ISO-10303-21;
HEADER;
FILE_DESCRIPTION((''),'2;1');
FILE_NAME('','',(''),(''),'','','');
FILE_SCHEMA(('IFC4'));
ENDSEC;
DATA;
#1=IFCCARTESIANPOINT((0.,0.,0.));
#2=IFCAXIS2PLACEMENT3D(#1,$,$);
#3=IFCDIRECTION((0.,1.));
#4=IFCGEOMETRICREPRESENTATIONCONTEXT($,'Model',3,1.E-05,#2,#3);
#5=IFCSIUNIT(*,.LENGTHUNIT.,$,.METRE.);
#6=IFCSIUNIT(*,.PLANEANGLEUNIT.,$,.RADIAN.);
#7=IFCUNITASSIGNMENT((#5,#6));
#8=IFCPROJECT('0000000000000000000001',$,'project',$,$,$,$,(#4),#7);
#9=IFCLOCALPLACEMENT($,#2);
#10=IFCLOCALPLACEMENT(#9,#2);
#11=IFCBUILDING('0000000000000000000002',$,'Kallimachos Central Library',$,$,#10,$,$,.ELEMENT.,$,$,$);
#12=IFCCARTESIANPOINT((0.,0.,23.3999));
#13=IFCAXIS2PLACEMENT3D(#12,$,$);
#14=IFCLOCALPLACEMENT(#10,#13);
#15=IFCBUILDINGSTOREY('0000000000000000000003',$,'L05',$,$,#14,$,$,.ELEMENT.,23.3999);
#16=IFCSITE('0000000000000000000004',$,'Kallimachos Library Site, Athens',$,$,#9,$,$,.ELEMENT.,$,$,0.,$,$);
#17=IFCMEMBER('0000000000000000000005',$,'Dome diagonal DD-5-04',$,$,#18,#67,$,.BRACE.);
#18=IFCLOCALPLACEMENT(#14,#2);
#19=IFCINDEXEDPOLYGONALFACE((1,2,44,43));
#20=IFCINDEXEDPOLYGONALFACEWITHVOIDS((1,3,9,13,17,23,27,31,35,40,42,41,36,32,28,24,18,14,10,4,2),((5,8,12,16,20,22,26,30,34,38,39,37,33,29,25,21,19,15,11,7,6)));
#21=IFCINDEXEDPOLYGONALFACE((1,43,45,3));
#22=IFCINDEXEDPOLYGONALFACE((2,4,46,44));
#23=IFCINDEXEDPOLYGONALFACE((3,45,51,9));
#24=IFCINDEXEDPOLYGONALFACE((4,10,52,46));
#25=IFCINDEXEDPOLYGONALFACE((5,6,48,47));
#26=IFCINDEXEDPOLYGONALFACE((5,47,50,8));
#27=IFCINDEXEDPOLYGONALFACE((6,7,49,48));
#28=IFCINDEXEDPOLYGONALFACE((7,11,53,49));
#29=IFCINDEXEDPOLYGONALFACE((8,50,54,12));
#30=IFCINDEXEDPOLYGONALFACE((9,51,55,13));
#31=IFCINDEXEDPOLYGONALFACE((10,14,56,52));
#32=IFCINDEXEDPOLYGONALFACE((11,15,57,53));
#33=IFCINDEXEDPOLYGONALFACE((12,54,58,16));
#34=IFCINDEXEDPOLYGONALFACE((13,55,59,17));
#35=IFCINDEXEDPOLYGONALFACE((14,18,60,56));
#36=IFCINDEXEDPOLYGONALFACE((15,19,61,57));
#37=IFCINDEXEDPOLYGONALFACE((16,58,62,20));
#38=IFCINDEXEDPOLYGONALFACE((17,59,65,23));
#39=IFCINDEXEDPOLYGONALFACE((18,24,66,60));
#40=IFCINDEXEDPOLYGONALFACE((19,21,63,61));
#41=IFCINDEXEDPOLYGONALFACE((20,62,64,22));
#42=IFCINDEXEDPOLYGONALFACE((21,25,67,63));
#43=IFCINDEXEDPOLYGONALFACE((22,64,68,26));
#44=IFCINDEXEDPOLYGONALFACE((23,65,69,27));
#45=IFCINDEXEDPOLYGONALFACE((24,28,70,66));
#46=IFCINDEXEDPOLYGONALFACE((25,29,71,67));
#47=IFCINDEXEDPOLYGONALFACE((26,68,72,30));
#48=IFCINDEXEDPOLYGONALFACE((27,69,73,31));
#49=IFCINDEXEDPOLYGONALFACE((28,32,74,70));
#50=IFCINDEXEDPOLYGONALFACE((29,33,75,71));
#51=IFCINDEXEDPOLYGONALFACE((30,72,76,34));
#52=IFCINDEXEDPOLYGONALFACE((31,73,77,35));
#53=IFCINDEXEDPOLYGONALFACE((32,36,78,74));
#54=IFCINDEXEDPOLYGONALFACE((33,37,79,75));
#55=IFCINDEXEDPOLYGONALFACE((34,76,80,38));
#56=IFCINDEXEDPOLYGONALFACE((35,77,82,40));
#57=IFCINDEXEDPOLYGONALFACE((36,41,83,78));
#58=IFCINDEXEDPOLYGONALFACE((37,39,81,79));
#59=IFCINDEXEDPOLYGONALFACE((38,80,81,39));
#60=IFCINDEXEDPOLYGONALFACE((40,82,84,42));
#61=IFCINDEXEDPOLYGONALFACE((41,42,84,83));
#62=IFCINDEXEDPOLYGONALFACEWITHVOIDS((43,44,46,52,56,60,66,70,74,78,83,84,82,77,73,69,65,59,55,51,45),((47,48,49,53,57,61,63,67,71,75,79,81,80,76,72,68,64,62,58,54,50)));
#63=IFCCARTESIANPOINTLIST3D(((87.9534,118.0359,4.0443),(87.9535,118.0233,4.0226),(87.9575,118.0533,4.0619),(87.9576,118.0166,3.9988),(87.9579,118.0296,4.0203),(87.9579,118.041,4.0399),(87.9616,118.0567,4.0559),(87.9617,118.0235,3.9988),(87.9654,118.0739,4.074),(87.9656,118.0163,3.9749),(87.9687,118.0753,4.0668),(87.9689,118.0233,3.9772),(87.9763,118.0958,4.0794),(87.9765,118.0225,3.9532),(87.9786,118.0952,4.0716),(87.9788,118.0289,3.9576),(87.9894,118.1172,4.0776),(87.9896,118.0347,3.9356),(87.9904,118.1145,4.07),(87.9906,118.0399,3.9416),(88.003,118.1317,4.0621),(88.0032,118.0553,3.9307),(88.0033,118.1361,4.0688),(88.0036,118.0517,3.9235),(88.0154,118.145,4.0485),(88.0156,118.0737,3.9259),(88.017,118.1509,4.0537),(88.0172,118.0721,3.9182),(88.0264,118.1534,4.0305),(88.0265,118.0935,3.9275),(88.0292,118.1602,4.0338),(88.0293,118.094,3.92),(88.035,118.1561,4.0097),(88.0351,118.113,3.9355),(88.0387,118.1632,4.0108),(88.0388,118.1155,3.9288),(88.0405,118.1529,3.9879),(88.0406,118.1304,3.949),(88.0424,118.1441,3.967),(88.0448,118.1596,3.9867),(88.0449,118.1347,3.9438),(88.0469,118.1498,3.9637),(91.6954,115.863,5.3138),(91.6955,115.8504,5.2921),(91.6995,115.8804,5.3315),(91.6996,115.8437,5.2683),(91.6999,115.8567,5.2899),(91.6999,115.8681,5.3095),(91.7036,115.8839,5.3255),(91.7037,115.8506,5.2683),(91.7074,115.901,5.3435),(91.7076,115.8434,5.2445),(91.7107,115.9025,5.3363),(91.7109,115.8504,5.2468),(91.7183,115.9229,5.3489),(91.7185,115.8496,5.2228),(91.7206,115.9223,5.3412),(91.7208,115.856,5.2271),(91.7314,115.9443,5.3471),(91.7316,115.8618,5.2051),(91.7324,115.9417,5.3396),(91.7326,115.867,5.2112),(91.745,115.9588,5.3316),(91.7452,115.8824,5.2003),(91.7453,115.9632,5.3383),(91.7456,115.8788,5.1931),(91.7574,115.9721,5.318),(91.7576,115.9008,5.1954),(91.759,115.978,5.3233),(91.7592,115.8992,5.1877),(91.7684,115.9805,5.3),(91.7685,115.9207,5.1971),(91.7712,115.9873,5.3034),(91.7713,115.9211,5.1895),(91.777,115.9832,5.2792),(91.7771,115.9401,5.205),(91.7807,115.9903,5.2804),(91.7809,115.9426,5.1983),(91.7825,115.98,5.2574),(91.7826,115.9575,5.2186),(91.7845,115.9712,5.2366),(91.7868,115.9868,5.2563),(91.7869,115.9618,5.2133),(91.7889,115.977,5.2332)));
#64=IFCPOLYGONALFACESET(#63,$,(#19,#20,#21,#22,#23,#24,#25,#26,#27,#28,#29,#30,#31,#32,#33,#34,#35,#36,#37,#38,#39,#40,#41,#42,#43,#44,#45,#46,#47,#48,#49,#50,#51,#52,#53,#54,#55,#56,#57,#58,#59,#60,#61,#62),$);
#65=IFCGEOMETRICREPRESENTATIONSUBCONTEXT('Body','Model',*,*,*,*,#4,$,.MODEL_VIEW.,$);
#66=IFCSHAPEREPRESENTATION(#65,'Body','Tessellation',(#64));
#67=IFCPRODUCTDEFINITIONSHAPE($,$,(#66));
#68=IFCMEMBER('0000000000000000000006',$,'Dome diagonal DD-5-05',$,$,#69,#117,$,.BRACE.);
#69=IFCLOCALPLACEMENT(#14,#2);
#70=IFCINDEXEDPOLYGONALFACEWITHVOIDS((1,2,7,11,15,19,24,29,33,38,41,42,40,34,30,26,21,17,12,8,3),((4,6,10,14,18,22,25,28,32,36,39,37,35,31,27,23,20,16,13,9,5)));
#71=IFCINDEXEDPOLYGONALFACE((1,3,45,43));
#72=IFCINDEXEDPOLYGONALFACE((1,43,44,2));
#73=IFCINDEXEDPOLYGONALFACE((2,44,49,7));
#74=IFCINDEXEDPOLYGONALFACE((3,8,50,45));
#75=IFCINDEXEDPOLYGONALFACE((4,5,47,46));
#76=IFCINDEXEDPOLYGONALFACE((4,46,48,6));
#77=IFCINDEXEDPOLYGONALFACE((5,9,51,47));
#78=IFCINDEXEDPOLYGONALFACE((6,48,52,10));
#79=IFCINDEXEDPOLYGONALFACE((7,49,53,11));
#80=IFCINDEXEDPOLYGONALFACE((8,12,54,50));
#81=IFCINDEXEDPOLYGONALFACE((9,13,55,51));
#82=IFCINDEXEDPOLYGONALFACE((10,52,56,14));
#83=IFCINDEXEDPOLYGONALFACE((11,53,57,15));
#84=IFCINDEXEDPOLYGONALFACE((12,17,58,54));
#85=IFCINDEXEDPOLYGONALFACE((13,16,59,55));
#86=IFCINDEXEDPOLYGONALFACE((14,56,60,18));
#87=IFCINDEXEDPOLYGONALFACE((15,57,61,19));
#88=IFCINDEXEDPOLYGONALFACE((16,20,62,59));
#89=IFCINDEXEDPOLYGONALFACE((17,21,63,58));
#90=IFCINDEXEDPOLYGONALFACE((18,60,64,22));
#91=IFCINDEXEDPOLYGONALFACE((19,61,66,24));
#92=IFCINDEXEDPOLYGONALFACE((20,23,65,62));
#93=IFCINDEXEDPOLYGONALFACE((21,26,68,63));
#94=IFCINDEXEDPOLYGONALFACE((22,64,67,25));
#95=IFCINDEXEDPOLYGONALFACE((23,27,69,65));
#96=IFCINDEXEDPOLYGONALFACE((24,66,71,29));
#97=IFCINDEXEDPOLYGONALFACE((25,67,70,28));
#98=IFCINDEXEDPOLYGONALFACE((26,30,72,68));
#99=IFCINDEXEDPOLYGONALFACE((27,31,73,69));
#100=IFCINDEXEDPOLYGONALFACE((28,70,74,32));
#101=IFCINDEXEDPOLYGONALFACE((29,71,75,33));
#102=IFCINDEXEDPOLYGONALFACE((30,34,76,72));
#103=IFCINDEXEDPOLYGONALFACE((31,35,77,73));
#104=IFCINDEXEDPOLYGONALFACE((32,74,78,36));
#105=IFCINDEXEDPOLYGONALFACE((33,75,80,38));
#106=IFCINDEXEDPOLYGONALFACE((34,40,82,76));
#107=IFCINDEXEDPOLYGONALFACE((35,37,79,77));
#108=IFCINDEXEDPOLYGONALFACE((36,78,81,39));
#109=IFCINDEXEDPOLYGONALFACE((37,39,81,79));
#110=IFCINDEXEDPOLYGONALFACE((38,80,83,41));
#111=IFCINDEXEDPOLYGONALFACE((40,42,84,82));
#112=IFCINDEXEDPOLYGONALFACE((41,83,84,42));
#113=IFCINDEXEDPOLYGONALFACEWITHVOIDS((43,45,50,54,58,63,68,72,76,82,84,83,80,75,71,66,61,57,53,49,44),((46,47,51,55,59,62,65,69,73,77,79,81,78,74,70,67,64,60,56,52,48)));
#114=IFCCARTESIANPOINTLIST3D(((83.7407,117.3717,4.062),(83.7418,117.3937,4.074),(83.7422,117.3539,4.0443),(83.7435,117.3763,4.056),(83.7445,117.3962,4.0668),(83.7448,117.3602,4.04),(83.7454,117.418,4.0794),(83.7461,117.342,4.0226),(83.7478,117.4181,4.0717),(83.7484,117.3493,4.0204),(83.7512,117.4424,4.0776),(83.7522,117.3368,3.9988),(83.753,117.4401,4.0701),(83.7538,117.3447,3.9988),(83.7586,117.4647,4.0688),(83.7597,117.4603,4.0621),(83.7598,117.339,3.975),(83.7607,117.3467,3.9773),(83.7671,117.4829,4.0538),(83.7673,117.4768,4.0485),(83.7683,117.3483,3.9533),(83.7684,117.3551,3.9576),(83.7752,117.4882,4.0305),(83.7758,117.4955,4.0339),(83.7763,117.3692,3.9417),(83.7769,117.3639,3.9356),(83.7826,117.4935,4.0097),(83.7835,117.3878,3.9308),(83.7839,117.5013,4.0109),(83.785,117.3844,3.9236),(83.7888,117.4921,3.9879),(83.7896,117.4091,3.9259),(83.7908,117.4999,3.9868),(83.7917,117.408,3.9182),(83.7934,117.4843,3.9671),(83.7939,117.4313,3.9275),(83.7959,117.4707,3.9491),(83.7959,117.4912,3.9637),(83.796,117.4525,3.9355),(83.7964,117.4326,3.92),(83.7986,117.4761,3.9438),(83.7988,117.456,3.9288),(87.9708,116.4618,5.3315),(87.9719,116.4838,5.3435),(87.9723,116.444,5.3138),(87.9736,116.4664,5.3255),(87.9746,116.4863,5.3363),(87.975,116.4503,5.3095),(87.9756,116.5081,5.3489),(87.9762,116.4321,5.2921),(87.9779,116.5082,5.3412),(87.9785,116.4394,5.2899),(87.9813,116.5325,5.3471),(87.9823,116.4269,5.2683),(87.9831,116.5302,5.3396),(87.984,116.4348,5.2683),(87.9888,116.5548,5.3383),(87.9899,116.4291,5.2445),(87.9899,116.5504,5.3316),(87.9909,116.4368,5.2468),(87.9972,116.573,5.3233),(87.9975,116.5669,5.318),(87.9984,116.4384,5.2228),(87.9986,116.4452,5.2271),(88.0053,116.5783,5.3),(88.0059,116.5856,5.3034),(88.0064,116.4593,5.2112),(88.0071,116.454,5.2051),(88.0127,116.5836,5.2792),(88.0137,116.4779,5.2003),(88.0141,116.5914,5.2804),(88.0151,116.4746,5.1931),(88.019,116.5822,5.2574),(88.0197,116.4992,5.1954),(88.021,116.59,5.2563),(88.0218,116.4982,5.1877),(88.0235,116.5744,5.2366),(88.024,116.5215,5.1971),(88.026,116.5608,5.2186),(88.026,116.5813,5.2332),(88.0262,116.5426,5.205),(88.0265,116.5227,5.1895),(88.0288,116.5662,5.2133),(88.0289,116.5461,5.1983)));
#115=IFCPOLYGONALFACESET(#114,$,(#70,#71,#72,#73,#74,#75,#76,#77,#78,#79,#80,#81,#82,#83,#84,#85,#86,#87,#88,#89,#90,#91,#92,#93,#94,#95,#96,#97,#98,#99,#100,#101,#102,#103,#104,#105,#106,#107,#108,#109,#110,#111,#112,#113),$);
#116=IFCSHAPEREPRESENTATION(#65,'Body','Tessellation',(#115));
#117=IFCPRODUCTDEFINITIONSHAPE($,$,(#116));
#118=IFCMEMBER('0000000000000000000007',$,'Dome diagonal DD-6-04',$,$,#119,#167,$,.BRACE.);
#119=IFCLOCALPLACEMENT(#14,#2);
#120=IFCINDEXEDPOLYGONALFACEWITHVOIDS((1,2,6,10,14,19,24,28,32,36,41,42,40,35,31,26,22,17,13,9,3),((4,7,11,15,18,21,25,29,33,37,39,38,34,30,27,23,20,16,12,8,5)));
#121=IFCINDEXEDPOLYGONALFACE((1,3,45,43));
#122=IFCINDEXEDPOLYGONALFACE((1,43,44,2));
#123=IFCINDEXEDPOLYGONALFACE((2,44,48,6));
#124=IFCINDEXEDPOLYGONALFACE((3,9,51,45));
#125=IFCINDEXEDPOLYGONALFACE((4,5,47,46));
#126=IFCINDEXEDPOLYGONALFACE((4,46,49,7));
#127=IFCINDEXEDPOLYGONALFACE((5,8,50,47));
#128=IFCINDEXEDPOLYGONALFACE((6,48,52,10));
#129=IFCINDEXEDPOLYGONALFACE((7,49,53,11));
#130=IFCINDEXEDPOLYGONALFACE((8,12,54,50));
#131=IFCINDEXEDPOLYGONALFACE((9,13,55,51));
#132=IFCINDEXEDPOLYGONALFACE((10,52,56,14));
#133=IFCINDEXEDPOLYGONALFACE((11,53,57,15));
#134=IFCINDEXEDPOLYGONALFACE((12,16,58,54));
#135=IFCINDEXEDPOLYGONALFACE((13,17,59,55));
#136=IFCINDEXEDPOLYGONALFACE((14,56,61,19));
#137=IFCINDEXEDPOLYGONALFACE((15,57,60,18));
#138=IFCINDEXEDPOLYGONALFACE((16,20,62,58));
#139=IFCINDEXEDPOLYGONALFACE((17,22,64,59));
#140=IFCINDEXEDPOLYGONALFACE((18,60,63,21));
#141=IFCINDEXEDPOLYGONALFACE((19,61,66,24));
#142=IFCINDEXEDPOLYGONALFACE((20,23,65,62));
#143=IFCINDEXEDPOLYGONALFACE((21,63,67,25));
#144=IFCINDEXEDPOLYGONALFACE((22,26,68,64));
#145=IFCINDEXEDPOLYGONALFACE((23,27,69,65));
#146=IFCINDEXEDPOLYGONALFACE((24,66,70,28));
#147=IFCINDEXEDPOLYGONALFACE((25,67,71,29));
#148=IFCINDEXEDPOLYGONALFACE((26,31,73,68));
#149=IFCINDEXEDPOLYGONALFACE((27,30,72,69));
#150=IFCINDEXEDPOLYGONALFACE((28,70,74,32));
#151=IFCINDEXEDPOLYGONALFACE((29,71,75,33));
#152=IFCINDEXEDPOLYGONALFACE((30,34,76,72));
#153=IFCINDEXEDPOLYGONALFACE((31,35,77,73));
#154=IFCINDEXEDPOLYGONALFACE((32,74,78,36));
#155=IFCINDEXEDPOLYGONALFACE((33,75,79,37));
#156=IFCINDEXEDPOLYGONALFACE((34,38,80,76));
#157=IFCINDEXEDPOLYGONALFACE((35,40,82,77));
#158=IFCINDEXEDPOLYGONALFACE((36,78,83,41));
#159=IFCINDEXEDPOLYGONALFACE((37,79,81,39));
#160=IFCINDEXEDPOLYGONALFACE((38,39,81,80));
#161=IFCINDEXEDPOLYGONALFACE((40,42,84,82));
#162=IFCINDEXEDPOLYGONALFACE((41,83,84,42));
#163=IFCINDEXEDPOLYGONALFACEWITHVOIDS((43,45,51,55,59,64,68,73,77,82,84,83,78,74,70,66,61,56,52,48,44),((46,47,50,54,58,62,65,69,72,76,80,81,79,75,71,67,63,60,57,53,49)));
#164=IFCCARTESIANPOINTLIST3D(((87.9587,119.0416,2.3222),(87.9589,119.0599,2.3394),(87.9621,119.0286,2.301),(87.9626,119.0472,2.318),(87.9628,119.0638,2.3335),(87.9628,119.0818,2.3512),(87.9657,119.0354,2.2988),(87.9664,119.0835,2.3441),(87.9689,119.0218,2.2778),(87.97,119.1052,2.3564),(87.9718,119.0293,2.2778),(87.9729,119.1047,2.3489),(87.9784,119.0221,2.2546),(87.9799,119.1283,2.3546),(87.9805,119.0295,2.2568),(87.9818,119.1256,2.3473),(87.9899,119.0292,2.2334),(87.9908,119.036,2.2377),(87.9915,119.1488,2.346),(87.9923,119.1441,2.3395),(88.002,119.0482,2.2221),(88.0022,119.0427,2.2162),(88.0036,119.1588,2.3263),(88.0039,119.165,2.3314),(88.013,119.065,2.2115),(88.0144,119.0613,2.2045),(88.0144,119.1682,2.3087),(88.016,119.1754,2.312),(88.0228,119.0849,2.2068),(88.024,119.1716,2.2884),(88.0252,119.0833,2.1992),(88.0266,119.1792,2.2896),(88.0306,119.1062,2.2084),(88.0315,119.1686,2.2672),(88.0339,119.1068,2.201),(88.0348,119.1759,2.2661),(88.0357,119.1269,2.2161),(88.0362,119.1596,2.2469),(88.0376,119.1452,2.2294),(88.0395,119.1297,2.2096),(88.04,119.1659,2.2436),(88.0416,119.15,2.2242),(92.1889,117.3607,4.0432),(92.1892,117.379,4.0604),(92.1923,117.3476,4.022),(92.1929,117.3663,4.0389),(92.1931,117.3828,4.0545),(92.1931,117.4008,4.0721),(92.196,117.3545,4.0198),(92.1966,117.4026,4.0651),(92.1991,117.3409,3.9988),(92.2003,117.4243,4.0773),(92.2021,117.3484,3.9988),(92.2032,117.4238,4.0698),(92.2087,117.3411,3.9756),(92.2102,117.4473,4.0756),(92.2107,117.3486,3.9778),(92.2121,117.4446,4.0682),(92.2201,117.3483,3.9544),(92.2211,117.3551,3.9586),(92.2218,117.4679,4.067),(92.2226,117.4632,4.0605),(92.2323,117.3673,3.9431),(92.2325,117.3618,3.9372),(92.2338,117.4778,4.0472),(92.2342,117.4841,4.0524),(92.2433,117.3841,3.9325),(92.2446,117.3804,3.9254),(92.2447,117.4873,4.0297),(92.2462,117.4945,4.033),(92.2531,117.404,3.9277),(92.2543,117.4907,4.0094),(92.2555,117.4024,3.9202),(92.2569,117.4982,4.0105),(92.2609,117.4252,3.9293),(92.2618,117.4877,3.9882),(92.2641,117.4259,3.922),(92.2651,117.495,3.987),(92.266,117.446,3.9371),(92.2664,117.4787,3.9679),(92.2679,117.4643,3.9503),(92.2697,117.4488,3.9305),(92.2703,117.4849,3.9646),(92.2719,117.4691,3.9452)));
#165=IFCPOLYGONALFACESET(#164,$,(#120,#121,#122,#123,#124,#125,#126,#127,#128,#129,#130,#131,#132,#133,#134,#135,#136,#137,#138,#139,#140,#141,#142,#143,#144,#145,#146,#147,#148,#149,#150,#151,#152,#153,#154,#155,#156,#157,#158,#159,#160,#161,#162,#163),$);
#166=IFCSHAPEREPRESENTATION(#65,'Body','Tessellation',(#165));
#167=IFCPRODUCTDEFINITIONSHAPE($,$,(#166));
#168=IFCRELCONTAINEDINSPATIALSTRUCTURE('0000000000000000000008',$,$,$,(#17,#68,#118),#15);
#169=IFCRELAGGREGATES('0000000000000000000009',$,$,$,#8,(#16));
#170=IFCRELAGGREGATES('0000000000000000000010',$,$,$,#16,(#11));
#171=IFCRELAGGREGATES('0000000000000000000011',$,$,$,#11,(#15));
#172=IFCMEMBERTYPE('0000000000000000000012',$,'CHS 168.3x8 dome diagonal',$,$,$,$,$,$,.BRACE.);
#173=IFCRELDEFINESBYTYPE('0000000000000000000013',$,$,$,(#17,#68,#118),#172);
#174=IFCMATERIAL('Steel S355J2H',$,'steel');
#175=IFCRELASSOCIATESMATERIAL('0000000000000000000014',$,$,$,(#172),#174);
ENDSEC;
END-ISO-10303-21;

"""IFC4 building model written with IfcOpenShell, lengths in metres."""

from ifc_helpers import new_model, si_unit, direction, frame, origin, origin_2d, place, context, subcontext, project, spatial, hollow_circle, extrude, material, material_profile, profile_set, type_object, element, save


model = new_model("IFC4")

# Units and contexts
model_context = context("Model", 3, precision=1e-05, world=origin(), true_north=direction((0.0, 1.0)))
body_context = subcontext(model_context, "Body", "Model", "MODEL_VIEW")
ifc_project = project(units=[si_unit("LENGTHUNIT", "METRE"), si_unit("PLANEANGLEUNIT", "RADIAN")], contexts=[model_context])

# Site, building, storey
site_placement = place(None, origin())
site = spatial("IfcSite", under=ifc_project, at=site_placement, Name="Kallimachos Library Site, Athens", CompositionType="ELEMENT", RefElevation=0.0)
building_placement = place(site_placement, origin())
building = spatial("IfcBuilding", under=site, at=building_placement, Name="Kallimachos Central Library", CompositionType="ELEMENT")
storey_placement = place(building_placement, frame((0.0, 0.0, 23.3999)))
storey = spatial("IfcBuildingStorey", under=building, at=storey_placement, Name="L05", CompositionType="ELEMENT", Elevation=23.3999)

# Members
ifc_material_1 = material(Name="Steel S355J2H", Category="steel")
ifc_material_profile_1 = material_profile(ifc_material_1, hollow_circle(Radius=0.0842, WallThickness=0.0081, at=origin_2d()), Name="CHS 168.3x8")
ifc_profile_set_1 = profile_set([ifc_material_profile_1], Name="Steel S355J2H")
member_type_1 = type_object("IfcMemberType", Name="CHS 168.3x8 dome diagonal", PredefinedType="BRACE", material=ifc_profile_set_1)
member_1_placement = place(storey_placement, frame((91.7419, 115.9165, 5.2683), z_axis=(-0.829801, 0.481844, -0.281527), x_axis=(-0.502155, -0.864778, 0.0)))
element("IfcMember", 1, at=member_1_placement, inside=storey, type_object=member_type_1, Name="Dome diagonal DD-5-04", PredefinedType="BRACE", context=body_context, shape_type="SweptSolid", body=[
    extrude(hollow_circle(Radius=0.0842, WallThickness=0.0081, at=origin_2d()), origin(), (0.0, 0.0, 1.0), 4.5095),
])
member_2_placement = place(storey_placement, frame((88.0, 116.5093, 5.2683), z_axis=(-0.938096, 0.201782, -0.281532), x_axis=(-0.210288, -0.977639, 0.0)))
element("IfcMember", 2, at=member_2_placement, inside=storey, type_object=member_type_1, Name="Dome diagonal DD-5-05", PredefinedType="BRACE", context=body_context, shape_type="SweptSolid", body=[
    extrude(hollow_circle(Radius=0.0842, WallThickness=0.0081, at=origin_2d()), origin(), (0.0, 0.0, 1.0), 4.5093),
])
member_3_placement = place(storey_placement, frame((92.2302, 117.4192, 3.9988), z_axis=(-0.869271, 0.345411, -0.353638), x_axis=(-0.369272, -0.929321, 0.0)))
element("IfcMember", 3, at=member_3_placement, inside=storey, type_object=member_type_1, Name="Dome diagonal DD-6-04", PredefinedType="BRACE", context=body_context, shape_type="SweptSolid", body=[
    extrude(hollow_circle(Radius=0.0842, WallThickness=0.0081, at=origin_2d()), origin(), (0.0, 0.0, 1.0), 4.8665),
])

save(model, "model.ifc")
